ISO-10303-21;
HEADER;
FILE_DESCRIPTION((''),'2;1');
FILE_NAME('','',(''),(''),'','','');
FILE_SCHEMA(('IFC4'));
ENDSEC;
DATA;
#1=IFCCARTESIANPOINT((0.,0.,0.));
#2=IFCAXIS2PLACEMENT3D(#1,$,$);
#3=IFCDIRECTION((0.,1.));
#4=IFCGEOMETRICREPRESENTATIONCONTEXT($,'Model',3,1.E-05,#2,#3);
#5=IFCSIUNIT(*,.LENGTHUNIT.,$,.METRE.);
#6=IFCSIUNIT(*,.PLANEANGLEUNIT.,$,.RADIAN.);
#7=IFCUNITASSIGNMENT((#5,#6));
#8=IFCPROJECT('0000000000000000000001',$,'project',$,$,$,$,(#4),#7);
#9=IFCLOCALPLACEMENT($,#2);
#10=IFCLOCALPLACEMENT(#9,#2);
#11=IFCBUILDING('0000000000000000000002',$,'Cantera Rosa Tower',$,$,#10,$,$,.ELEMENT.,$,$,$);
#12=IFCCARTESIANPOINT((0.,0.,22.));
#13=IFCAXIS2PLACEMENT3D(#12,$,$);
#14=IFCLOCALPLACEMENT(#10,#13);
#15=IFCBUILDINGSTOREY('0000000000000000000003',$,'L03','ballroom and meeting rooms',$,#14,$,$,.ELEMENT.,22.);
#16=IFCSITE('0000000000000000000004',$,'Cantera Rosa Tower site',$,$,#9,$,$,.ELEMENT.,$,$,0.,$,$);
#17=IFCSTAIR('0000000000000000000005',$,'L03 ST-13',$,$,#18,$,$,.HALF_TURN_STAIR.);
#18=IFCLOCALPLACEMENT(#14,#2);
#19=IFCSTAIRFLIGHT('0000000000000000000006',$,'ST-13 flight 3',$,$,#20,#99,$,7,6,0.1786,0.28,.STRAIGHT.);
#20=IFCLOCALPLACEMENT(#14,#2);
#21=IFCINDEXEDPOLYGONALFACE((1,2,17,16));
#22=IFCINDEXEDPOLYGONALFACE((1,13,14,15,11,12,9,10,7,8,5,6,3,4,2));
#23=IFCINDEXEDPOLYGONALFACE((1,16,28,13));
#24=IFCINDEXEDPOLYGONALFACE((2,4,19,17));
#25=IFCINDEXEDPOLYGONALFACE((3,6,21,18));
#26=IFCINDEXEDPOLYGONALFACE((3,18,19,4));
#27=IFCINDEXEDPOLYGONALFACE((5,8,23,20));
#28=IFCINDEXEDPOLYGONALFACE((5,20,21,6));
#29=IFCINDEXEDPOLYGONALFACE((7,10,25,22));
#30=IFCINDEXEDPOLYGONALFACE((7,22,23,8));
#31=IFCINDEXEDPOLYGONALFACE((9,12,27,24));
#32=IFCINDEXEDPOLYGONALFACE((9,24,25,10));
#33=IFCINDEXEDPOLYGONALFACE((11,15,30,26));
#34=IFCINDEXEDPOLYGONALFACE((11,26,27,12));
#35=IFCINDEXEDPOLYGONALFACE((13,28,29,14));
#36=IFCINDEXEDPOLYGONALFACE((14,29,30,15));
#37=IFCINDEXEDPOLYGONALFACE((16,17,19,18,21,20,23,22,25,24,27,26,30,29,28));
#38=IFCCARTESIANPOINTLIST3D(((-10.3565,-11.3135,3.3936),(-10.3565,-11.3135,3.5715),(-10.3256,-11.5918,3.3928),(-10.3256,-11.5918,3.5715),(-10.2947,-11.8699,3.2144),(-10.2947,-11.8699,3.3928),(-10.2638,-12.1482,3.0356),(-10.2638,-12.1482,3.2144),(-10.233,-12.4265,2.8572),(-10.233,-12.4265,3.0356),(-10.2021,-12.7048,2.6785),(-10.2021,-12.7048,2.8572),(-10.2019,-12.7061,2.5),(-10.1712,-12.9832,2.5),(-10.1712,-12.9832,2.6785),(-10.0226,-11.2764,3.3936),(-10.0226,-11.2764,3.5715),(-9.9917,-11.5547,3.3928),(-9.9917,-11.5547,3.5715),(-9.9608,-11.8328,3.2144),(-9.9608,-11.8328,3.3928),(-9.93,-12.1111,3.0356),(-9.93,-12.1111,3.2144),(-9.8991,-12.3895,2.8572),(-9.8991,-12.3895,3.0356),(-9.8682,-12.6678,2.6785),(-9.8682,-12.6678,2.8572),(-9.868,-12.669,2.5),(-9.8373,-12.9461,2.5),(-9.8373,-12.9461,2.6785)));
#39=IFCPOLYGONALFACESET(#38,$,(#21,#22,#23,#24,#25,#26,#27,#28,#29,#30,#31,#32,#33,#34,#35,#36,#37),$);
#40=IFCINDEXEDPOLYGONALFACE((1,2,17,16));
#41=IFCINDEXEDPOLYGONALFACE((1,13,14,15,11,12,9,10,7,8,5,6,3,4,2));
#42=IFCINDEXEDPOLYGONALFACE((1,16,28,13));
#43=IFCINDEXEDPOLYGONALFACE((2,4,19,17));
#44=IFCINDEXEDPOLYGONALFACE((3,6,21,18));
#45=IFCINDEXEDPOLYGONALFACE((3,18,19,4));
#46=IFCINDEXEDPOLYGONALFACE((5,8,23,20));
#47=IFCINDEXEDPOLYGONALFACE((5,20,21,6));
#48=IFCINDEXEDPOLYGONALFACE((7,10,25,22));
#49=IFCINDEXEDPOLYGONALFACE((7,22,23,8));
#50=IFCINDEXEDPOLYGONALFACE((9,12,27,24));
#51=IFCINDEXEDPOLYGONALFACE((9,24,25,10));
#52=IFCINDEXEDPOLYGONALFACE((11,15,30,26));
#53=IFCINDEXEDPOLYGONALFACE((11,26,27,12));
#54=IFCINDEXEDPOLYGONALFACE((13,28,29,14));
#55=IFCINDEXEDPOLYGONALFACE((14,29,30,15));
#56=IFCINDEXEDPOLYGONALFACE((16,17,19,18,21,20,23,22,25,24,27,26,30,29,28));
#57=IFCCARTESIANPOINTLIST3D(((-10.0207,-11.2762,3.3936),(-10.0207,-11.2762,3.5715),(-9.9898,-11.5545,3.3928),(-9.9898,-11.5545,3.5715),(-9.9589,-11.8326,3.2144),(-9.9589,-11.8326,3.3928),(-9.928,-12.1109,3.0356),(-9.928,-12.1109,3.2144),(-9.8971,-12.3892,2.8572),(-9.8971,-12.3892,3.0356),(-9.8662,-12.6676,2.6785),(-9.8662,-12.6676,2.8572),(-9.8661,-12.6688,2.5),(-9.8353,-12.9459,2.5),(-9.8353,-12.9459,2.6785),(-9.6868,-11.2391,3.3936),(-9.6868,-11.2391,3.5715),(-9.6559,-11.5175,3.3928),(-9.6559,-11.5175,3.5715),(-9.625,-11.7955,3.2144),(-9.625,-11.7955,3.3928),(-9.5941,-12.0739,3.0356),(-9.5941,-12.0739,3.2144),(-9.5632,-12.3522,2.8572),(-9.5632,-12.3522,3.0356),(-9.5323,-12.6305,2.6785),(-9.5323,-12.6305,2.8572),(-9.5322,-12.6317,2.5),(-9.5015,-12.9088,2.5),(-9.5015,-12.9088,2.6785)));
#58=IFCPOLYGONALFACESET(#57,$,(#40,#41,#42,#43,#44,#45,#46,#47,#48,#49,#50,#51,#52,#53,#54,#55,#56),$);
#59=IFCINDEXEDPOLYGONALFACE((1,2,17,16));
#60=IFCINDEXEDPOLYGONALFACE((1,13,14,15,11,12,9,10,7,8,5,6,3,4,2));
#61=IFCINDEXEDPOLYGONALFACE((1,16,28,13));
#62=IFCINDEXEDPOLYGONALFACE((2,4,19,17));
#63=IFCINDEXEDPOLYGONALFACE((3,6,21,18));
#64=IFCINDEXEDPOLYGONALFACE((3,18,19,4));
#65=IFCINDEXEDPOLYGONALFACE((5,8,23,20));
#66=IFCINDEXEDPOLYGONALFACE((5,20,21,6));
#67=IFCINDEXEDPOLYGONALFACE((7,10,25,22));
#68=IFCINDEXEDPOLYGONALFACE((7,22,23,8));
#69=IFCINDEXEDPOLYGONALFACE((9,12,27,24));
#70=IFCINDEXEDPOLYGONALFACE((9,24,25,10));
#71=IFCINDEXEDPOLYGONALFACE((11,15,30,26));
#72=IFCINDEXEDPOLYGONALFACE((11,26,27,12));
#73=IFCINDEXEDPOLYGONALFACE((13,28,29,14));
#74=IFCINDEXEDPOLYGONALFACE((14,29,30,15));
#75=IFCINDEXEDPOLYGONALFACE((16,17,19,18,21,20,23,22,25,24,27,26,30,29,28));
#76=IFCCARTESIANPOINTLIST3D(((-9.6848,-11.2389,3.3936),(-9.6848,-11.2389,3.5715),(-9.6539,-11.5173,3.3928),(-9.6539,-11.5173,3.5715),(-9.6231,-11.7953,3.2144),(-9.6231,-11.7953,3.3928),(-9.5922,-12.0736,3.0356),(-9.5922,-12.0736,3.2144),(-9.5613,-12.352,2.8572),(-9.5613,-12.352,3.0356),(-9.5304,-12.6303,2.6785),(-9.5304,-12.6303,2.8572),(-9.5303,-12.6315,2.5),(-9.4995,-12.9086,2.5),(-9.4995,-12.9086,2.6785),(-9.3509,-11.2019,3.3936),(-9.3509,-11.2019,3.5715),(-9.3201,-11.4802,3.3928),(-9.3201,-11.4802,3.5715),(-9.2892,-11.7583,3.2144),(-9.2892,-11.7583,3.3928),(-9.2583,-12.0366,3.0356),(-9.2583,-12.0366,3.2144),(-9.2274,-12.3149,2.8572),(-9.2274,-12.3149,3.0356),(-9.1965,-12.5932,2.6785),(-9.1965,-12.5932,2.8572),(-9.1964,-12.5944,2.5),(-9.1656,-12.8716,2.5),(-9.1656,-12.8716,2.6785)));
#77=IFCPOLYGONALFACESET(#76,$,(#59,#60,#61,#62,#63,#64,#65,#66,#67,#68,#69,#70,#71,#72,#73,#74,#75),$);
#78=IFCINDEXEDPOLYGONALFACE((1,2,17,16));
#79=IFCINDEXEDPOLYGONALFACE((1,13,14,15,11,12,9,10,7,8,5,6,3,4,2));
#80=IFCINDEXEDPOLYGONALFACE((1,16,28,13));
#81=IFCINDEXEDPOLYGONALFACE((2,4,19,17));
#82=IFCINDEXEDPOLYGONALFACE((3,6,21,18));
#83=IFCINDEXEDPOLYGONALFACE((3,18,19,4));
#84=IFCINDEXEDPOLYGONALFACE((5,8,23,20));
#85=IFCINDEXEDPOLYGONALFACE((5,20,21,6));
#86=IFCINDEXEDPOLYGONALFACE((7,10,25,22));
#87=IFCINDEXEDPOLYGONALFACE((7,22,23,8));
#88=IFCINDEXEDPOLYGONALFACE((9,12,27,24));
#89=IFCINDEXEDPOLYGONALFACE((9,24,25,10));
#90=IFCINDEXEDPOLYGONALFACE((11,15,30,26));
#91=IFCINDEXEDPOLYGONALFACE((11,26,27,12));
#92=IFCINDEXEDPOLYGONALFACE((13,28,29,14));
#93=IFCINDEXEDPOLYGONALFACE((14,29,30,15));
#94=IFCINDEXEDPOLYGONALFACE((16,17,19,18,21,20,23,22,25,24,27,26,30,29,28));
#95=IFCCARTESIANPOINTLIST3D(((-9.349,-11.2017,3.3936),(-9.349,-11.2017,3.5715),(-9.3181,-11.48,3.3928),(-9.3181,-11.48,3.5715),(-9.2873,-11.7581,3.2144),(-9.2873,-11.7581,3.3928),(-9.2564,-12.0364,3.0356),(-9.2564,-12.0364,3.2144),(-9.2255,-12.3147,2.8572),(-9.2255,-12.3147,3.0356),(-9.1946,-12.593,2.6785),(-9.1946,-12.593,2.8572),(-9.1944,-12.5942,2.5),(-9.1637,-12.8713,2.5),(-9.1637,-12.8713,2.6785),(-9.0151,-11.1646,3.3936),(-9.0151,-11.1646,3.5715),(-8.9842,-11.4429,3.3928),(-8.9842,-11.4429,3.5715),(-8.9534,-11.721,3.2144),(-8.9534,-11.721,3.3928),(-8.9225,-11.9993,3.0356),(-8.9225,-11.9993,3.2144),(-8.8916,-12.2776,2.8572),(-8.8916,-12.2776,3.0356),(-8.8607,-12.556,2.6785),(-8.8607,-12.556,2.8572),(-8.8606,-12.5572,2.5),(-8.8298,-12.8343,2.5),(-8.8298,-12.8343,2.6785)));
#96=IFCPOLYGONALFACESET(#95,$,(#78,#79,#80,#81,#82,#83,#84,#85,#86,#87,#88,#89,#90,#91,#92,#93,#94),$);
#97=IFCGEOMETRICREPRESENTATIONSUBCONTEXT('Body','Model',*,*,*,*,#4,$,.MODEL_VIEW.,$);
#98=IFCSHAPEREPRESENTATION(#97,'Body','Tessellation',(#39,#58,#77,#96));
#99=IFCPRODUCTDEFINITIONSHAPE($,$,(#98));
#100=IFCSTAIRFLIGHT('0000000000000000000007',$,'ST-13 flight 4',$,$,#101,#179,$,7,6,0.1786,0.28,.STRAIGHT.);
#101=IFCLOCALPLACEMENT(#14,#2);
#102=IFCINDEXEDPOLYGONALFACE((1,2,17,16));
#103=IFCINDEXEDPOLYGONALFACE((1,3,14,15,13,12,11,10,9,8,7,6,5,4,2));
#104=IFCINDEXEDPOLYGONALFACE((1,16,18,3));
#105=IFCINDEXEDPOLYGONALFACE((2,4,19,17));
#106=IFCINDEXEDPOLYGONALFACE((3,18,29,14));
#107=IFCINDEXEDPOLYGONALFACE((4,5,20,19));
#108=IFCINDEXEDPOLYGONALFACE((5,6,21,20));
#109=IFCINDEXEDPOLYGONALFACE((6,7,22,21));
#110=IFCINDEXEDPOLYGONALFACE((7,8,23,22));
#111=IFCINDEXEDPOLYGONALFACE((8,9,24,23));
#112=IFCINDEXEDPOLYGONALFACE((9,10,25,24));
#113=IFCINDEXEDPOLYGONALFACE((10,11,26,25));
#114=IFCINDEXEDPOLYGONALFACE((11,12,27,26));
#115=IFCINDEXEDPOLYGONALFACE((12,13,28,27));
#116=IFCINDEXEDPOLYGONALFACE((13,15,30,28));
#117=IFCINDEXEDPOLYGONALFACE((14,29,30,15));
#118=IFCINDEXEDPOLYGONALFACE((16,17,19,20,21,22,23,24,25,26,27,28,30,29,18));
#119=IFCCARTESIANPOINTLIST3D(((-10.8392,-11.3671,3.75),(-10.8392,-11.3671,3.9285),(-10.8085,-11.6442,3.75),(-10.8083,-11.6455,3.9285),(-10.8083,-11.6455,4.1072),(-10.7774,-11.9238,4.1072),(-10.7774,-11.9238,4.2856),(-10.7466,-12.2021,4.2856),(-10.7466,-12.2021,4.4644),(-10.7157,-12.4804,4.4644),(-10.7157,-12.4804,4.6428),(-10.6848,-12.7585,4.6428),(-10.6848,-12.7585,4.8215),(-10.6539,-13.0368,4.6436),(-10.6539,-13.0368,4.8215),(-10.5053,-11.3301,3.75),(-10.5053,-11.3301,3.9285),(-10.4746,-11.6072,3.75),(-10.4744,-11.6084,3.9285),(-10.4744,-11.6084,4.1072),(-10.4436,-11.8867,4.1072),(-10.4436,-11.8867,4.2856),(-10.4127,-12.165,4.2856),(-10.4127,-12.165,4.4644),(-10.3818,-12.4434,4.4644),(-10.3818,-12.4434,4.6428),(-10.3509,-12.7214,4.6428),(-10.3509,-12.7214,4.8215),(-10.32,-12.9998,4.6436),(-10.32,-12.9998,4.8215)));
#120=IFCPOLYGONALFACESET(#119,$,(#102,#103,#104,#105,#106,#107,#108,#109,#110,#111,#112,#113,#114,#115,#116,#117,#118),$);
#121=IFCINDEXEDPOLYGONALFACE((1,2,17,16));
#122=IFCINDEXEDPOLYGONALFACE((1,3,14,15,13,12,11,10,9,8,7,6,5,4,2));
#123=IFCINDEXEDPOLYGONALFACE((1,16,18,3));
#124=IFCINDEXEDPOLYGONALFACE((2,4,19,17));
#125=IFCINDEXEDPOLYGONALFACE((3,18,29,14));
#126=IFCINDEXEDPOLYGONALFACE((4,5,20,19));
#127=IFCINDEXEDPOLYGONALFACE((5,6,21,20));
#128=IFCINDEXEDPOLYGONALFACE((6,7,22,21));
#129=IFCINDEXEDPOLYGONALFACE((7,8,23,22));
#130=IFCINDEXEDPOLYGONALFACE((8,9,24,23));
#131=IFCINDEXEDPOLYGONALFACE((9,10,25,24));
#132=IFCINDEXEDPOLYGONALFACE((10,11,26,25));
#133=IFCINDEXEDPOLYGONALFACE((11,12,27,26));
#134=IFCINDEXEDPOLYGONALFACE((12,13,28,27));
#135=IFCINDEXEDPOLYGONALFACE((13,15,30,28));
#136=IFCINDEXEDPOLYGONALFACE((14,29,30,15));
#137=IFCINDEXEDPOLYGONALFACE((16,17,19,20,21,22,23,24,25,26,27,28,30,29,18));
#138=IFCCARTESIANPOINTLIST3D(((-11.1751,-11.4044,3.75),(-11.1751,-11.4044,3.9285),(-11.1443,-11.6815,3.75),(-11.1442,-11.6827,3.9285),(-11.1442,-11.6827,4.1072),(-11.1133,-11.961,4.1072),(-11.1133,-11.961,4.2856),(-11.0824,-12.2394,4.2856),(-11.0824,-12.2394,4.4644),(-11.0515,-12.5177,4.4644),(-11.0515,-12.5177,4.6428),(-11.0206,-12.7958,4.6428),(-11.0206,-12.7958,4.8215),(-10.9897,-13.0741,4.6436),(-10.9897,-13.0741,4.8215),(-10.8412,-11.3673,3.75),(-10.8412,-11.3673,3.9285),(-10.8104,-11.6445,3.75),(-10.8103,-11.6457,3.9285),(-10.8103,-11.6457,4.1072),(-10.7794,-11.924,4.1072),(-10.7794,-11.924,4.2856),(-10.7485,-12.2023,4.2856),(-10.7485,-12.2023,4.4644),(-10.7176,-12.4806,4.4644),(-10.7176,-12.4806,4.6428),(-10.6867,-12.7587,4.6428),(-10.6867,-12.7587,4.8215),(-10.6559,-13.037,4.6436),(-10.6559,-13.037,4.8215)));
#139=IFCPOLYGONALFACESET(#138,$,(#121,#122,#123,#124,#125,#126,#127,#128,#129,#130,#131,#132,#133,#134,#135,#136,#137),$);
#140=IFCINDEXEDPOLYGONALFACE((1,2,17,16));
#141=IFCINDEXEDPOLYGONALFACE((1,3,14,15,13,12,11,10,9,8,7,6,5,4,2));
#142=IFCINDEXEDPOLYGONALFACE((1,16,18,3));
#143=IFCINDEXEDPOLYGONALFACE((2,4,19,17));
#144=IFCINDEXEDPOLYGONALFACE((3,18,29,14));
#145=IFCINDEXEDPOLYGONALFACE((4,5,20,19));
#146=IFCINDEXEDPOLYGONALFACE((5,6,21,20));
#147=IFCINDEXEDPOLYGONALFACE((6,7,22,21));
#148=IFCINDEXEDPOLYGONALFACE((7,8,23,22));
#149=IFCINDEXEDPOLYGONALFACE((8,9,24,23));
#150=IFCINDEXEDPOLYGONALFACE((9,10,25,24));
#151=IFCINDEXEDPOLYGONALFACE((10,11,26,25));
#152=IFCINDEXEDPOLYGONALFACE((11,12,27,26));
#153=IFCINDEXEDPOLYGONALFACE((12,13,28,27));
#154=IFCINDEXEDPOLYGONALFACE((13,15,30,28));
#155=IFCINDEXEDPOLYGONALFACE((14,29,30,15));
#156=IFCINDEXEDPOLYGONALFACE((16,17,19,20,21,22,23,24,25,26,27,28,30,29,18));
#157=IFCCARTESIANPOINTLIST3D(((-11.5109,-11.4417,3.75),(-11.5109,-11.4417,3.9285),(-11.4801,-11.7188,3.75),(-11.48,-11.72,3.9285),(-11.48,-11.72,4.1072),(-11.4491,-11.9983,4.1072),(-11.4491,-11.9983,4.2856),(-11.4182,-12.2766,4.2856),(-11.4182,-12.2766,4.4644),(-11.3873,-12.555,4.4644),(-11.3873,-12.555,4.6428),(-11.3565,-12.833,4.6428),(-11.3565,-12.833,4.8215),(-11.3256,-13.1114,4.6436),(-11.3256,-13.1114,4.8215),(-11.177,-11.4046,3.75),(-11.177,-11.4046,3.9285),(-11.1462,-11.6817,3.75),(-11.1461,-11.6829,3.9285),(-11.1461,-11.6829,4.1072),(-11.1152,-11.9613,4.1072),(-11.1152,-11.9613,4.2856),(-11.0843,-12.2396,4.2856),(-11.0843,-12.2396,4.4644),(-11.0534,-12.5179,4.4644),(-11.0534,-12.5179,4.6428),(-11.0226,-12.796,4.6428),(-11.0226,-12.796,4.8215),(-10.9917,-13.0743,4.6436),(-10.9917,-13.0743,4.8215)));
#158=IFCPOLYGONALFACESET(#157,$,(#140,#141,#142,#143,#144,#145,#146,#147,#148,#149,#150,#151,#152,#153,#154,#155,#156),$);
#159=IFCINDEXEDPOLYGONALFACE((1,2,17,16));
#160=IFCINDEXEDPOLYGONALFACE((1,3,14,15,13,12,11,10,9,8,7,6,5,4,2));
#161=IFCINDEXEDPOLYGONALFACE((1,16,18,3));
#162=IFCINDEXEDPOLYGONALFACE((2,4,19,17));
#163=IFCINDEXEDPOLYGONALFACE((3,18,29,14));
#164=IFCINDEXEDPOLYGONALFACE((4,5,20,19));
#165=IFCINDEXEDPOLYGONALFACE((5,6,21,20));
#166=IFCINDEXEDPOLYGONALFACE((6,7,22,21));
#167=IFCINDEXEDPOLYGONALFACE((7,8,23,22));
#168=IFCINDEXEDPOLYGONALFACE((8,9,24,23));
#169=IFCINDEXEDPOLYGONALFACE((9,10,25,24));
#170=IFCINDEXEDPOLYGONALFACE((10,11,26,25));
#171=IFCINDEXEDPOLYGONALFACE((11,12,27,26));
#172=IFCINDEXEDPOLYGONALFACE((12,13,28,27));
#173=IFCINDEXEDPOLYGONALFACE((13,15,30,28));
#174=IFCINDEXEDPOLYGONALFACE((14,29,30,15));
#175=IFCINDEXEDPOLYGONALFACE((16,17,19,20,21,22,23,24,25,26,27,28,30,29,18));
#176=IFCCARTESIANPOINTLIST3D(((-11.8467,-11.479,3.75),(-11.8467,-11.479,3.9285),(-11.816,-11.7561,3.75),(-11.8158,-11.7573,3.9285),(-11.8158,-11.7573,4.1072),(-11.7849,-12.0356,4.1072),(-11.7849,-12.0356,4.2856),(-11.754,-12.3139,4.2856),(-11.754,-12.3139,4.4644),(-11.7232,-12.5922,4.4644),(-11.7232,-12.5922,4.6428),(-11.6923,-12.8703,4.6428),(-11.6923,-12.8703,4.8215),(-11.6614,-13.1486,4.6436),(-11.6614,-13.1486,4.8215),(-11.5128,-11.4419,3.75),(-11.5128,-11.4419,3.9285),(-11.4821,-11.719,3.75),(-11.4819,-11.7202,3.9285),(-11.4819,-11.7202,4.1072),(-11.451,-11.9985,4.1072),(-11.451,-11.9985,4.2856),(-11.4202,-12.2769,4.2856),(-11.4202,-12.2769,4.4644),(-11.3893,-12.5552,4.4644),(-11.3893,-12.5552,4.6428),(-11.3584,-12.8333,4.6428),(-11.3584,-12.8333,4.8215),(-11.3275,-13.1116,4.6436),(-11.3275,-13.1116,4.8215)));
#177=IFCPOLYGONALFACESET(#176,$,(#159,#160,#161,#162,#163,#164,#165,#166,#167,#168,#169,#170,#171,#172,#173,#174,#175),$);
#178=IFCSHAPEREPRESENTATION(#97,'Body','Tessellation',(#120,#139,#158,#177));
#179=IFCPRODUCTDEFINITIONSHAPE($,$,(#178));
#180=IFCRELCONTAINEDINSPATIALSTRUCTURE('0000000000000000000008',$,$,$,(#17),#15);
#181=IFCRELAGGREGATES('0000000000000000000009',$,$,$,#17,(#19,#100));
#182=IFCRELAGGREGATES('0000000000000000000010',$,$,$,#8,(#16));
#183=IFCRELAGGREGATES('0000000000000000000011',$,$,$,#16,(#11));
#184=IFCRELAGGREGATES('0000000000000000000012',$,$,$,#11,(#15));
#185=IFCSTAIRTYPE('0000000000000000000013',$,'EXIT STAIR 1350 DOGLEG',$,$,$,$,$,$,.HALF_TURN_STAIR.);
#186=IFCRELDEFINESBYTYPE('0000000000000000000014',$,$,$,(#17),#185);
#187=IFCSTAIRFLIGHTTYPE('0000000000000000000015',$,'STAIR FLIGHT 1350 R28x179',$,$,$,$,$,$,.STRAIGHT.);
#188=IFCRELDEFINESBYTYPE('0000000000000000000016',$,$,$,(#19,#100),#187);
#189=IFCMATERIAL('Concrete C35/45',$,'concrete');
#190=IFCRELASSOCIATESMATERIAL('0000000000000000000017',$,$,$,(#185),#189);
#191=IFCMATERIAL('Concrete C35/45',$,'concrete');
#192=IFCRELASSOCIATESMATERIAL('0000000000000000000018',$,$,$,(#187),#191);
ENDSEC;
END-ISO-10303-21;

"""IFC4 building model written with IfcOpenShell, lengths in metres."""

from ifc_helpers import new_model, si_unit, direction, frame, origin, place, context, subcontext, project, spatial, polyline, outline, extrude, material, type_object, element, aggregate, save


model = new_model("IFC4")

# Units and contexts
model_context = context("Model", 3, precision=1e-05, world=origin(), true_north=direction((0.0, 1.0)))
body_context = subcontext(model_context, "Body", "Model", "MODEL_VIEW")
ifc_project = project(units=[si_unit("LENGTHUNIT", "METRE"), si_unit("PLANEANGLEUNIT", "RADIAN")], contexts=[model_context])

# Site, building, storey
site_placement = place(None, origin())
site = spatial("IfcSite", under=ifc_project, at=site_placement, Name="Cantera Rosa Tower site", CompositionType="ELEMENT", RefElevation=0.0)
building_placement = place(site_placement, origin())
building = spatial("IfcBuilding", under=site, at=building_placement, Name="Cantera Rosa Tower", CompositionType="ELEMENT")
storey_placement = place(building_placement, frame((0.0, 0.0, 22.0)))
storey = spatial("IfcBuildingStorey", under=building, at=storey_placement, Name="L03", Description="ballroom and meeting rooms", CompositionType="ELEMENT", Elevation=22.0)

# Stair, stair flights
ifc_material_1 = material(Name="Concrete C35/45", Category="concrete")
stair_type = type_object("IfcStairType", Name="EXIT STAIR 1350 DOGLEG", PredefinedType="HALF_TURN_STAIR", material=ifc_material_1)
stair_placement = place(storey_placement, origin())
stair = element("IfcStair", 1, at=stair_placement, inside=storey, type_object=stair_type, Name="L03 ST-13", PredefinedType="HALF_TURN_STAIR")
ifc_material_2 = material(Name="Concrete C35/45", Category="concrete")
stair_flight_type = type_object("IfcStairFlightType", Name="STAIR FLIGHT 1350 R28x179", PredefinedType="STRAIGHT", material=ifc_material_2)
stair_flight_1_placement = place(storey_placement, frame((-9.5002, -12.9087, 2.5), z_axis=(0.0, 0.0, 1.0), x_axis=(-0.110313, 0.993897, 0.0)))
stair_flight_1 = element("IfcStairFlight", 2, at=stair_flight_1_placement, type_object=stair_flight_type, Name="ST-13 flight 3", NumberOfRisers=7, NumberOfTreads=6, PredefinedType="STRAIGHT", RiserHeight=0.1786, TreadLength=0.28, context=body_context, shape_type="SweptSolid", body=[
    extrude(outline(polyline([(0.0, 0.0), (0.0, 0.1785), (0.28, 0.1785), (0.28, 0.3572), (0.5601, 0.3572), (0.5601, 0.5356), (0.8401, 0.5356), (0.8401, 0.7144), (1.1201, 0.7144), (1.1201, 0.8928), (1.3999, 0.8928), (1.3999, 1.0715), (1.6799, 1.0715), (1.6799, 1.25), (1.6799, 0.8936), (0.2788, 0.0), (0.0, 0.0)])), frame((0.0, 0.675, 0.0), z_axis=(0.0, -1.0, 0.0), x_axis=(1.0, 0.0, 0.0)), (0.0, 0.0, 1.0), 0.3359),
    extrude(outline(polyline([(0.0, 0.0), (0.0, 0.1785), (0.28, 0.1785), (0.28, 0.3572), (0.5601, 0.3572), (0.5601, 0.5356), (0.8401, 0.5356), (0.8401, 0.7144), (1.1201, 0.7144), (1.1201, 0.8928), (1.3999, 0.8928), (1.3999, 1.0715), (1.6799, 1.0715), (1.6799, 1.25), (1.6799, 0.8936), (0.2788, 0.0), (0.0, 0.0)])), frame((0.0, 0.3372, 0.0), z_axis=(0.0, -1.0, 0.0), x_axis=(1.0, 0.0, 0.0)), (0.0, 0.0, 1.0), 0.3359),
    extrude(outline(polyline([(0.0, 0.0), (0.0, 0.1785), (0.28, 0.1785), (0.28, 0.3572), (0.5601, 0.3572), (0.5601, 0.5356), (0.8401, 0.5356), (0.8401, 0.7144), (1.1201, 0.7144), (1.1201, 0.8928), (1.3999, 0.8928), (1.3999, 1.0715), (1.6799, 1.0715), (1.6799, 1.25), (1.6799, 0.8936), (0.2788, 0.0), (0.0, 0.0)])), frame((0.0, -0.0007, 0.0), z_axis=(0.0, -1.0, 0.0), x_axis=(1.0, 0.0, 0.0)), (0.0, 0.0, 1.0), 0.3359),
    extrude(outline(polyline([(0.0, 0.0), (0.0, 0.1785), (0.28, 0.1785), (0.28, 0.3572), (0.5601, 0.3572), (0.5601, 0.5356), (0.8401, 0.5356), (0.8401, 0.7144), (1.1201, 0.7144), (1.1201, 0.8928), (1.3999, 0.8928), (1.3999, 1.0715), (1.6799, 1.0715), (1.6799, 1.25), (1.6799, 0.8936), (0.2788, 0.0), (0.0, 0.0)])), frame((0.0, -0.3386, 0.0), z_axis=(0.0, -1.0, 0.0), x_axis=(1.0, 0.0, 0.0)), (0.0, 0.0, 1.0), 0.3359),
])
stair_flight_2_placement = place(storey_placement, frame((-11.1763, -11.4045, 3.75), z_axis=(0.0, 0.0, 1.0), x_axis=(0.110313, -0.993897, 0.0)))
stair_flight_2 = element("IfcStairFlight", 3, at=stair_flight_2_placement, type_object=stair_flight_type, Name="ST-13 flight 4", NumberOfRisers=7, NumberOfTreads=6, PredefinedType="STRAIGHT", RiserHeight=0.1786, TreadLength=0.28, context=body_context, shape_type="SweptSolid", body=[
    extrude(outline(polyline([(0.0, 0.0), (0.0, 0.1785), (0.28, 0.1785), (0.28, 0.3572), (0.5601, 0.3572), (0.5601, 0.5356), (0.8401, 0.5356), (0.8401, 0.7144), (1.1201, 0.7144), (1.1201, 0.8928), (1.3999, 0.8928), (1.3999, 1.0715), (1.6799, 1.0715), (1.6799, 1.25), (1.6799, 0.8936), (0.2788, 0.0), (0.0, 0.0)])), frame((0.0, 0.675, 0.0), z_axis=(0.0, -1.0, 0.0), x_axis=(1.0, 0.0, 0.0)), (0.0, 0.0, 1.0), 0.3359),
    extrude(outline(polyline([(0.0, 0.0), (0.0, 0.1785), (0.28, 0.1785), (0.28, 0.3572), (0.5601, 0.3572), (0.5601, 0.5356), (0.8401, 0.5356), (0.8401, 0.7144), (1.1201, 0.7144), (1.1201, 0.8928), (1.3999, 0.8928), (1.3999, 1.0715), (1.6799, 1.0715), (1.6799, 1.25), (1.6799, 0.8936), (0.2788, 0.0), (0.0, 0.0)])), frame((0.0, 0.3372, 0.0), z_axis=(0.0, -1.0, 0.0), x_axis=(1.0, 0.0, 0.0)), (0.0, 0.0, 1.0), 0.3359),
    extrude(outline(polyline([(0.0, 0.0), (0.0, 0.1785), (0.28, 0.1785), (0.28, 0.3572), (0.5601, 0.3572), (0.5601, 0.5356), (0.8401, 0.5356), (0.8401, 0.7144), (1.1201, 0.7144), (1.1201, 0.8928), (1.3999, 0.8928), (1.3999, 1.0715), (1.6799, 1.0715), (1.6799, 1.25), (1.6799, 0.8936), (0.2788, 0.0), (0.0, 0.0)])), frame((0.0, -0.0007, 0.0), z_axis=(0.0, -1.0, 0.0), x_axis=(1.0, 0.0, 0.0)), (0.0, 0.0, 1.0), 0.3359),
    extrude(outline(polyline([(0.0, 0.0), (0.0, 0.1785), (0.28, 0.1785), (0.28, 0.3572), (0.5601, 0.3572), (0.5601, 0.5356), (0.8401, 0.5356), (0.8401, 0.7144), (1.1201, 0.7144), (1.1201, 0.8928), (1.3999, 0.8928), (1.3999, 1.0715), (1.6799, 1.0715), (1.6799, 1.25), (1.6799, 0.8936), (0.2788, 0.0), (0.0, 0.0)])), frame((0.0, -0.3386, 0.0), z_axis=(0.0, -1.0, 0.0), x_axis=(1.0, 0.0, 0.0)), (0.0, 0.0, 1.0), 0.3359),
])
aggregate(stair, [stair_flight_1, stair_flight_2])

save(model, "model.ifc")
